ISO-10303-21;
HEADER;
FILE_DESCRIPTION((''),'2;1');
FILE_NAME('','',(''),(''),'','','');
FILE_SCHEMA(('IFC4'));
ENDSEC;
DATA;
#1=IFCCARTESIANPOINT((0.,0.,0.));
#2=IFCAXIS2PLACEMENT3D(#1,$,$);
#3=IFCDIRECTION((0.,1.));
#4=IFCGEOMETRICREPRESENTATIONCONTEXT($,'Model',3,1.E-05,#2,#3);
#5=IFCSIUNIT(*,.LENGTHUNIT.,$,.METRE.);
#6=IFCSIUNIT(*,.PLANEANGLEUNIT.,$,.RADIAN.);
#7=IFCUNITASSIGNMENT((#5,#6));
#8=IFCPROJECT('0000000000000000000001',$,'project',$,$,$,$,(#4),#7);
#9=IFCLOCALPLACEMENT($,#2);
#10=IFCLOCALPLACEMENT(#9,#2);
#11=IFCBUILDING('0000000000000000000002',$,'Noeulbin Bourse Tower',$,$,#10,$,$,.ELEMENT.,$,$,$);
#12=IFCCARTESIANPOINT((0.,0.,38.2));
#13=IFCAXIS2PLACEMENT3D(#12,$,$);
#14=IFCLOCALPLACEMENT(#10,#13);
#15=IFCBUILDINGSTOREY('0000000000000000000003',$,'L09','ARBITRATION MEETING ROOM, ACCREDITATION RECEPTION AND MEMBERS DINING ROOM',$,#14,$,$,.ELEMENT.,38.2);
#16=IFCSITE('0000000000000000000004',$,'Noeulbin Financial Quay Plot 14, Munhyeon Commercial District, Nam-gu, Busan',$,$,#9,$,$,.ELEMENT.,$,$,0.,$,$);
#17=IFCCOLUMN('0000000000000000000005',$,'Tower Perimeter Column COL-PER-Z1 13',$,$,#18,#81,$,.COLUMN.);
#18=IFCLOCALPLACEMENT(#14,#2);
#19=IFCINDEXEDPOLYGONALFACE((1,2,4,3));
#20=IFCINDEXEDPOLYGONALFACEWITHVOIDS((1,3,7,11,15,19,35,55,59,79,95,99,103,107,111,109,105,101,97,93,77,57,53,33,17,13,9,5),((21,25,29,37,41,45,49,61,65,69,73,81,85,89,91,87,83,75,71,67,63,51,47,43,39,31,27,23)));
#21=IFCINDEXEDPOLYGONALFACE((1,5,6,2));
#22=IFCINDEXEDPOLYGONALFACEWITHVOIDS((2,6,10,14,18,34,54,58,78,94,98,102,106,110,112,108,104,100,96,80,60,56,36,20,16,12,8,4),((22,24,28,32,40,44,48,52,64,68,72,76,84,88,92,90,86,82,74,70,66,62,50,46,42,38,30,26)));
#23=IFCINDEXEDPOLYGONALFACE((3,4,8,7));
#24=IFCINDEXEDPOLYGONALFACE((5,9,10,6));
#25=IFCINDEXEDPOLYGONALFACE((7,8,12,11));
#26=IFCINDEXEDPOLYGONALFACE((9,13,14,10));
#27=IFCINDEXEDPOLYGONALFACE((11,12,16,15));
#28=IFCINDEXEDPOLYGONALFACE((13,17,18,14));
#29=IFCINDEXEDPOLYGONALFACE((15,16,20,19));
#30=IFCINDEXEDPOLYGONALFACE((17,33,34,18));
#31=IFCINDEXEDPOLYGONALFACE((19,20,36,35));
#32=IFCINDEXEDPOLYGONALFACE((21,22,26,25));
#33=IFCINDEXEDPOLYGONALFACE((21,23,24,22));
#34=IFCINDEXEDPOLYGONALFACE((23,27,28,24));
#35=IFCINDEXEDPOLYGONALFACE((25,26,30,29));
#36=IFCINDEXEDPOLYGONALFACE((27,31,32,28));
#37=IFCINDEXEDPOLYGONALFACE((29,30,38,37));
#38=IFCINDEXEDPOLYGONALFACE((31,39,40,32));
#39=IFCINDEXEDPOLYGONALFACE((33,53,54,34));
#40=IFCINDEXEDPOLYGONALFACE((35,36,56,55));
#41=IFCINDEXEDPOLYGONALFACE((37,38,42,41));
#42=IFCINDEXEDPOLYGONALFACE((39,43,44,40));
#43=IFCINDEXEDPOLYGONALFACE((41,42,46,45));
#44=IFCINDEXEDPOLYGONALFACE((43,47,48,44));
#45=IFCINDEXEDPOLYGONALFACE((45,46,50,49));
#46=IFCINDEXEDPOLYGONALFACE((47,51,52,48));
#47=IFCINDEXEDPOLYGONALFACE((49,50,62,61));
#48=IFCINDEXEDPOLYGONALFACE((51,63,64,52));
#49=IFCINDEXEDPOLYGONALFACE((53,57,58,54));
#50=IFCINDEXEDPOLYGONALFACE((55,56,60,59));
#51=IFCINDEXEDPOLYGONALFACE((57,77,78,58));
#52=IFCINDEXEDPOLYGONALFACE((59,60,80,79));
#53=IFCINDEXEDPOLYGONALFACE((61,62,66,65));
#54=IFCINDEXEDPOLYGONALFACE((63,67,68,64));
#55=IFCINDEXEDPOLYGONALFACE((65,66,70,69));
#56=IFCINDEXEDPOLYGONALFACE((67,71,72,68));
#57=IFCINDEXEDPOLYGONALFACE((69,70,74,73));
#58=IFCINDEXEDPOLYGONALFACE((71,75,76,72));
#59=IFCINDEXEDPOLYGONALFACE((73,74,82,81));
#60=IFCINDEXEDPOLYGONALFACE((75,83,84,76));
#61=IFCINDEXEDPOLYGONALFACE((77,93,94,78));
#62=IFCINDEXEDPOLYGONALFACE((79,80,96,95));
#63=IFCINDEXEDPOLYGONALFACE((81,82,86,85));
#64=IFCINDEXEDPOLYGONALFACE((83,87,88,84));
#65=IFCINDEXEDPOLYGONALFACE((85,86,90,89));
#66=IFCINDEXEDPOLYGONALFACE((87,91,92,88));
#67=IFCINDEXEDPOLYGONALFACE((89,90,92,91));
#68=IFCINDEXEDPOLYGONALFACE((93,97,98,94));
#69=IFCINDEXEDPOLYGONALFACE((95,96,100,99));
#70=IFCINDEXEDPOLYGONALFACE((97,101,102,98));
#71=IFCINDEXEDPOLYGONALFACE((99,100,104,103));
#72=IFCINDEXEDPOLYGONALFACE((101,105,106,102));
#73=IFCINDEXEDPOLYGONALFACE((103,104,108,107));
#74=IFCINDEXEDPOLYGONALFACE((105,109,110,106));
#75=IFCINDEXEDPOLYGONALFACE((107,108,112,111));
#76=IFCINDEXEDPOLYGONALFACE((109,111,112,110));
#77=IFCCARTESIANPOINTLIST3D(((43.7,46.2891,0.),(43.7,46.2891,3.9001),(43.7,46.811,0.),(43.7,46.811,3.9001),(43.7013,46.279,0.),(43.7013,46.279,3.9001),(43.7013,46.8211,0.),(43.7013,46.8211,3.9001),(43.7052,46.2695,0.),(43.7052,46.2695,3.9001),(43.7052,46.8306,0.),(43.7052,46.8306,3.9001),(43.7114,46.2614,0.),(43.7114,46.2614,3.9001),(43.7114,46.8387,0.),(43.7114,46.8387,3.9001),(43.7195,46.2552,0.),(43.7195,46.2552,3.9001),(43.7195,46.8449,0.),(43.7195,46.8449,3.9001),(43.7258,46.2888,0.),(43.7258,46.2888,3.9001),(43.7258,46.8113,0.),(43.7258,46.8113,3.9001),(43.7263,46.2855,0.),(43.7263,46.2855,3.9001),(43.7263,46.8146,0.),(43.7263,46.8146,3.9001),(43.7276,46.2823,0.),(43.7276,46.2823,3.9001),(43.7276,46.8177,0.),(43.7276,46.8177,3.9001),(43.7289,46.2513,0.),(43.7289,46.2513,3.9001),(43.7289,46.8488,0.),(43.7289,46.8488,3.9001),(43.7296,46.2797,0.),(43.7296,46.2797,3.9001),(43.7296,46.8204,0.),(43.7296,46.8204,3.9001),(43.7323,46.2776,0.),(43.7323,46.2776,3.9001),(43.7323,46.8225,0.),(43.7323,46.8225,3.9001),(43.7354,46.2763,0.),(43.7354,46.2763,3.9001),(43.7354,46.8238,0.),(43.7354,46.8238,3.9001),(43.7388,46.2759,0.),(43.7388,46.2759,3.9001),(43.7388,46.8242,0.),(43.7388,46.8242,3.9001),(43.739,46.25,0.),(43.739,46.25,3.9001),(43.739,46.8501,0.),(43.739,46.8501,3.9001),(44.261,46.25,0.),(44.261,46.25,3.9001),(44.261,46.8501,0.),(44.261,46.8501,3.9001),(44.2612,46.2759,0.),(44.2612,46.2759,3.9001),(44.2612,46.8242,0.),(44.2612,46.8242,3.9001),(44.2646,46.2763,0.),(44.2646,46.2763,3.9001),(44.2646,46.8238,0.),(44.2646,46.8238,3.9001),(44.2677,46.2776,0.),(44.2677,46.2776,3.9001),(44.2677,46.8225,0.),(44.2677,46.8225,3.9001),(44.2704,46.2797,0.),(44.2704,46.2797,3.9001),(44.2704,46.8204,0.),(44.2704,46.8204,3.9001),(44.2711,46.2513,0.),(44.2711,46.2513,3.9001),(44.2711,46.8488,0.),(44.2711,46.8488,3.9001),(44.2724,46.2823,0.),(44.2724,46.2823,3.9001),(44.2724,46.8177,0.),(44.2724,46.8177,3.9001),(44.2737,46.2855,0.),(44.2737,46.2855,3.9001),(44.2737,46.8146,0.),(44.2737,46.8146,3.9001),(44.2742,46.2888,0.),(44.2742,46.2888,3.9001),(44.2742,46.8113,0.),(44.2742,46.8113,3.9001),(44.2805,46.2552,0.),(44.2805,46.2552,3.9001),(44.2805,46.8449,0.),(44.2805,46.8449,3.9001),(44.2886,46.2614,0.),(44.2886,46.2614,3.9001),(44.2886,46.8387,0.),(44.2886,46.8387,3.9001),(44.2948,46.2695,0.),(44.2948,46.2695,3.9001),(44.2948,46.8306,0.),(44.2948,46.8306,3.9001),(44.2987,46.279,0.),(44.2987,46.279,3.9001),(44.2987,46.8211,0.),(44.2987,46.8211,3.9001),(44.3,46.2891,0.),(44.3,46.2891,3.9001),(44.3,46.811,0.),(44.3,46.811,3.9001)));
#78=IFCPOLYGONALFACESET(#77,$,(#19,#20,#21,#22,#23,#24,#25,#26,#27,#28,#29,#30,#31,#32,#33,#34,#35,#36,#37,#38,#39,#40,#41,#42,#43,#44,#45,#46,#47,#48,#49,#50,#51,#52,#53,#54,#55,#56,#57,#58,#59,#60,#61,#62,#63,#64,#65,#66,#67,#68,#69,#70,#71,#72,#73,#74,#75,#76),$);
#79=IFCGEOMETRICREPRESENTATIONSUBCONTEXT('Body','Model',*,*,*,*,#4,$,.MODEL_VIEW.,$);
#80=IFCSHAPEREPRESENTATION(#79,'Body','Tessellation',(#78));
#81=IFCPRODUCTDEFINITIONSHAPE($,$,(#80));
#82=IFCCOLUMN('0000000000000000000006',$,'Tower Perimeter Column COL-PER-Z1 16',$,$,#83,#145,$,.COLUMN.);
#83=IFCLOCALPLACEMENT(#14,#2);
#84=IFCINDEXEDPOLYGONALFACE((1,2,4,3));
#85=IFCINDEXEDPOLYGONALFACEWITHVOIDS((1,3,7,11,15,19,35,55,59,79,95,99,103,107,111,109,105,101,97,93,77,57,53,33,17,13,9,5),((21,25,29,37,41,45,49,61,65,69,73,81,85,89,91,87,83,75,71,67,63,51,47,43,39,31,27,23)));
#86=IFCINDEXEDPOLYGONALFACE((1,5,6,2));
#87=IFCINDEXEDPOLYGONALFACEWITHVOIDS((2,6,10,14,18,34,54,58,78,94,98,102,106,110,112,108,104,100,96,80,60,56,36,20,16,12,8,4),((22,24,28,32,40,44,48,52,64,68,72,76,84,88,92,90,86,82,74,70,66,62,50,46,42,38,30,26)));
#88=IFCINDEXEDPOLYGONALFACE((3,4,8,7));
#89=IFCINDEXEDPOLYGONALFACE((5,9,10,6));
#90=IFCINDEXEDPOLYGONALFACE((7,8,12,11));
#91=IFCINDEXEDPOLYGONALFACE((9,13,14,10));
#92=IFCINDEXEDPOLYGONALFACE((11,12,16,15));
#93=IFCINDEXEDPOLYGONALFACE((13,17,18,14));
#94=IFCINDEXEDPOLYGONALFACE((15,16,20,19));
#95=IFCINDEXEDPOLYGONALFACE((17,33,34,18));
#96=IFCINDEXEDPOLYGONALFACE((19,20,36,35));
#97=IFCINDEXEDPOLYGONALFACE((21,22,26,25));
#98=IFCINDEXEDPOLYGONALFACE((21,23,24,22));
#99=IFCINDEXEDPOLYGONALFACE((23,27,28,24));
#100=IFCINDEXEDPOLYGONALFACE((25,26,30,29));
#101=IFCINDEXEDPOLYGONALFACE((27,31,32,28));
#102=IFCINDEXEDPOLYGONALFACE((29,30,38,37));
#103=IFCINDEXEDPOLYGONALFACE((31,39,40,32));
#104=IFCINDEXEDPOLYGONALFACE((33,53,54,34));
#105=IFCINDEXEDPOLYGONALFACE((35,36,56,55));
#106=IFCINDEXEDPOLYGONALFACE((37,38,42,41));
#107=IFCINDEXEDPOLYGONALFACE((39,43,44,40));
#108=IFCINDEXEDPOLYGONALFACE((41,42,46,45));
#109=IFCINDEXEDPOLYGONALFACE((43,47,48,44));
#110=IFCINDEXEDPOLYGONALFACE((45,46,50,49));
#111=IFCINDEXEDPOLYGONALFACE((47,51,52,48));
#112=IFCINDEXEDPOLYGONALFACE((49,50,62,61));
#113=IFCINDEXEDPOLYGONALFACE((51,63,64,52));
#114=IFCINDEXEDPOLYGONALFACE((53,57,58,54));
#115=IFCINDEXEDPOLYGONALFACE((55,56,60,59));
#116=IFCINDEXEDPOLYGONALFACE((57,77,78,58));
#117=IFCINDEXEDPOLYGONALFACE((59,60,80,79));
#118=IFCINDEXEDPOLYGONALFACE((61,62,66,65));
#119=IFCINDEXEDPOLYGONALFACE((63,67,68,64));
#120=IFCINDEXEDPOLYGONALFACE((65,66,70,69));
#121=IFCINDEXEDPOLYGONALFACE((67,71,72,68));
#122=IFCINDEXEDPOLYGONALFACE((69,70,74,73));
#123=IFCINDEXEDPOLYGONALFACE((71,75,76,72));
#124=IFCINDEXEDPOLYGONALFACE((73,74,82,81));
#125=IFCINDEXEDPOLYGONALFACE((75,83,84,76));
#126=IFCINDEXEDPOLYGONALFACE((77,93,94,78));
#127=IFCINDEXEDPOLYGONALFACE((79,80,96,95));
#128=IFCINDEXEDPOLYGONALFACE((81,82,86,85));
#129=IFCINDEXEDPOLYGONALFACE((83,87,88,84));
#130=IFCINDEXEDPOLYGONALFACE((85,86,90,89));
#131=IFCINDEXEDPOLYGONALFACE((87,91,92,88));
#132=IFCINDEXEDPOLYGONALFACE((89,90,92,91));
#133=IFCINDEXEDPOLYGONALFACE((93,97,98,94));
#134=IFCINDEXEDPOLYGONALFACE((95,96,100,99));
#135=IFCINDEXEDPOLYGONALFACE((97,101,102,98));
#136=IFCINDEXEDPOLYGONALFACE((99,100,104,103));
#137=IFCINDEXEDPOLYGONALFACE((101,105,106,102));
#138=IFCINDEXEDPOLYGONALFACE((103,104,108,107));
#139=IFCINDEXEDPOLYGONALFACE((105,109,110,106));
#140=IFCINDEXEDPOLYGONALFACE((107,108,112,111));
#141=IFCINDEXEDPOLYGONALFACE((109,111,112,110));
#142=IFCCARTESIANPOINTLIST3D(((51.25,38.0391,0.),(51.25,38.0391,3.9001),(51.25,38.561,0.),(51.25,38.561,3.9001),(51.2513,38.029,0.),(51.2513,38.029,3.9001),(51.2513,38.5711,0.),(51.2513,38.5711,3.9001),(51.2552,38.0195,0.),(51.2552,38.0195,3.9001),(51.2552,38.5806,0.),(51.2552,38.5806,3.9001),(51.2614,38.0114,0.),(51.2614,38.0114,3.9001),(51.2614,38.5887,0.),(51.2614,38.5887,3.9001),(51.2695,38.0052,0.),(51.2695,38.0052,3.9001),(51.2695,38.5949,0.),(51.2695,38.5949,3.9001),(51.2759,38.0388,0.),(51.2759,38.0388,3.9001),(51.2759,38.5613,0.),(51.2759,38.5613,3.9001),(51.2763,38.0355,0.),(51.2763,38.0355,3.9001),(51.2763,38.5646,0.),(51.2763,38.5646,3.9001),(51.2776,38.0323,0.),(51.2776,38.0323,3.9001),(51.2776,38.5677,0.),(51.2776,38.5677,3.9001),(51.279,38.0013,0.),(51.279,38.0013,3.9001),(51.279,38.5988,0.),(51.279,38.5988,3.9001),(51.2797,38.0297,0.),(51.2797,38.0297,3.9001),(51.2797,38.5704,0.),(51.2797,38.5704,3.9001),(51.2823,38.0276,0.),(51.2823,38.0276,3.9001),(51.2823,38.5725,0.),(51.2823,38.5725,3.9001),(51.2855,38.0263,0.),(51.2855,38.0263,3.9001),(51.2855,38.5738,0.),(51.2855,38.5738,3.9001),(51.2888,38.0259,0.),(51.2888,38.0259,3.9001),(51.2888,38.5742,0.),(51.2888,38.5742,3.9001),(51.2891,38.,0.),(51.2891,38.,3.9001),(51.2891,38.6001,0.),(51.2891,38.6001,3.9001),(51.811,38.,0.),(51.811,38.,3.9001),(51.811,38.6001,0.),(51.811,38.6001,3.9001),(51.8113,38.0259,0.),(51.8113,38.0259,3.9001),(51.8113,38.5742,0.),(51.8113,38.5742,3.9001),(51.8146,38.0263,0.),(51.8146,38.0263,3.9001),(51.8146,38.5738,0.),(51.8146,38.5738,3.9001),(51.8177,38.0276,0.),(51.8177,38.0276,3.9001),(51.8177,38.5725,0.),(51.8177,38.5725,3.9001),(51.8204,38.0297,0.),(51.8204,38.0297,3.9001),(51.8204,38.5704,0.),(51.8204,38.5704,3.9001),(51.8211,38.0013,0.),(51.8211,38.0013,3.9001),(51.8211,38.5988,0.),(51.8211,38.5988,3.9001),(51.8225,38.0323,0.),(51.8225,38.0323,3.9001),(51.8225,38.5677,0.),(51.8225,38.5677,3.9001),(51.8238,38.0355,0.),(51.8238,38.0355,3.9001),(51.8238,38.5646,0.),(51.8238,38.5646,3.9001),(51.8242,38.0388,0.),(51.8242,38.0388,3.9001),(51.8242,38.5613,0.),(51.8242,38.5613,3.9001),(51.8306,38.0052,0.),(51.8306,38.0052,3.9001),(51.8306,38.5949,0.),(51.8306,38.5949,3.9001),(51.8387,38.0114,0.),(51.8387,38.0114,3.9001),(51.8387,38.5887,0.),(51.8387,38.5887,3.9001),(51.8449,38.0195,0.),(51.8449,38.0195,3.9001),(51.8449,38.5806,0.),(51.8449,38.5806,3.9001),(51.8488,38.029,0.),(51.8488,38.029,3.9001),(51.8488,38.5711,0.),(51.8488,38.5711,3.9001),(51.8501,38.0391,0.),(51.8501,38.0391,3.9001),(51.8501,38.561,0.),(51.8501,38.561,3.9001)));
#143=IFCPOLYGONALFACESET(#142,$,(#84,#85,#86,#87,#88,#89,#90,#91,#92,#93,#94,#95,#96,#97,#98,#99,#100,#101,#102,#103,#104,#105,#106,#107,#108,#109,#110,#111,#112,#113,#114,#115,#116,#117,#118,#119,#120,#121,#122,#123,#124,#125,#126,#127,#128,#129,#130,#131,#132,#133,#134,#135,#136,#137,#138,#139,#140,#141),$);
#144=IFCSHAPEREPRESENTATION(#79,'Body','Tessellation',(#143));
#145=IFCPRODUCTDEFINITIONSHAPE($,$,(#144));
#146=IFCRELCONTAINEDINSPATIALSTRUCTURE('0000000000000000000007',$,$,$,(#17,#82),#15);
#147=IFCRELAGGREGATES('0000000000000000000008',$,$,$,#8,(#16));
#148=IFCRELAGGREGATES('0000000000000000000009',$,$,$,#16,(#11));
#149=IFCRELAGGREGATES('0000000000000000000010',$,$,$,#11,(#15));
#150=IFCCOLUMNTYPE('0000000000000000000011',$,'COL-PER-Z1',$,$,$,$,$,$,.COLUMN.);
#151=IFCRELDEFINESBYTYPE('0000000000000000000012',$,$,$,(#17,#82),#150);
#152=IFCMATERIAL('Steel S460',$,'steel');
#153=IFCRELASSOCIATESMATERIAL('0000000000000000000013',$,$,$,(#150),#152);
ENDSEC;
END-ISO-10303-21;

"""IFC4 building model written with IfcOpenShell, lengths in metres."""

from ifc_helpers import new_model, si_unit, direction, frame, origin, origin_2d, place, context, subcontext, project, spatial, hollow_rectangle, extrude, material, material_profile, profile_set, type_object, element, save


model = new_model("IFC4")

# Units and contexts
model_context = context("Model", 3, precision=1e-05, world=origin(), true_north=direction((0.0, 1.0)))
body_context = subcontext(model_context, "Body", "Model", "MODEL_VIEW")
ifc_project = project(units=[si_unit("LENGTHUNIT", "METRE"), si_unit("PLANEANGLEUNIT", "RADIAN")], contexts=[model_context])

# Site, building, storey
site_placement = place(None, origin())
site = spatial("IfcSite", under=ifc_project, at=site_placement, Name="Noeulbin Financial Quay Plot 14, Munhyeon Commercial District, Nam-gu, Busan", CompositionType="ELEMENT", RefElevation=0.0)
building_placement = place(site_placement, origin())
building = spatial("IfcBuilding", under=site, at=building_placement, Name="Noeulbin Bourse Tower", CompositionType="ELEMENT")
storey_placement = place(building_placement, frame((0.0, 0.0, 38.2)))
storey = spatial("IfcBuildingStorey", under=building, at=storey_placement, Name="L09", Description="ARBITRATION MEETING ROOM, ACCREDITATION RECEPTION AND MEMBERS DINING ROOM", CompositionType="ELEMENT", Elevation=38.2)

# Columns
ifc_material_1 = material(Name="Steel S460", Category="steel")
ifc_material_profile_1 = material_profile(ifc_material_1, hollow_rectangle(XDim=0.6001, YDim=0.6001, WallThickness=0.0259, InnerFilletRadius=0.0129, OuterFilletRadius=0.0391, at=origin_2d()), Name="BOX-600x600x26", Category="LoadBearing")
ifc_profile_set_1 = profile_set([ifc_material_profile_1], Name="Steel S460")
column_type_1 = type_object("IfcColumnType", Name="COL-PER-Z1", PredefinedType="COLUMN", material=ifc_profile_set_1)
for number, where, z_axis, x_axis, name in (
    (1, (44.0, 46.55, 0.0), (0.0, 0.0, 1.0), (1.0, 0.0, 0.0), "Tower Perimeter Column COL-PER-Z1 13"),
    (2, (51.55, 38.3, 0.0), (0.0, 0.0, 1.0), (1.0, 0.0, 0.0), "Tower Perimeter Column COL-PER-Z1 16"),
):
    element("IfcColumn", number, at=place(storey_placement, frame(where, z_axis=z_axis, x_axis=x_axis)), inside=storey, type_object=column_type_1, Name=name, PredefinedType="COLUMN", context=body_context, shape_type="SweptSolid", body=[
        extrude(hollow_rectangle(XDim=0.6001, YDim=0.6001, WallThickness=0.0259, InnerFilletRadius=0.0129, OuterFilletRadius=0.0391, at=origin_2d()), origin(), (0.0, 0.0, 1.0), 3.9001),
    ])

save(model, "model.ifc")
